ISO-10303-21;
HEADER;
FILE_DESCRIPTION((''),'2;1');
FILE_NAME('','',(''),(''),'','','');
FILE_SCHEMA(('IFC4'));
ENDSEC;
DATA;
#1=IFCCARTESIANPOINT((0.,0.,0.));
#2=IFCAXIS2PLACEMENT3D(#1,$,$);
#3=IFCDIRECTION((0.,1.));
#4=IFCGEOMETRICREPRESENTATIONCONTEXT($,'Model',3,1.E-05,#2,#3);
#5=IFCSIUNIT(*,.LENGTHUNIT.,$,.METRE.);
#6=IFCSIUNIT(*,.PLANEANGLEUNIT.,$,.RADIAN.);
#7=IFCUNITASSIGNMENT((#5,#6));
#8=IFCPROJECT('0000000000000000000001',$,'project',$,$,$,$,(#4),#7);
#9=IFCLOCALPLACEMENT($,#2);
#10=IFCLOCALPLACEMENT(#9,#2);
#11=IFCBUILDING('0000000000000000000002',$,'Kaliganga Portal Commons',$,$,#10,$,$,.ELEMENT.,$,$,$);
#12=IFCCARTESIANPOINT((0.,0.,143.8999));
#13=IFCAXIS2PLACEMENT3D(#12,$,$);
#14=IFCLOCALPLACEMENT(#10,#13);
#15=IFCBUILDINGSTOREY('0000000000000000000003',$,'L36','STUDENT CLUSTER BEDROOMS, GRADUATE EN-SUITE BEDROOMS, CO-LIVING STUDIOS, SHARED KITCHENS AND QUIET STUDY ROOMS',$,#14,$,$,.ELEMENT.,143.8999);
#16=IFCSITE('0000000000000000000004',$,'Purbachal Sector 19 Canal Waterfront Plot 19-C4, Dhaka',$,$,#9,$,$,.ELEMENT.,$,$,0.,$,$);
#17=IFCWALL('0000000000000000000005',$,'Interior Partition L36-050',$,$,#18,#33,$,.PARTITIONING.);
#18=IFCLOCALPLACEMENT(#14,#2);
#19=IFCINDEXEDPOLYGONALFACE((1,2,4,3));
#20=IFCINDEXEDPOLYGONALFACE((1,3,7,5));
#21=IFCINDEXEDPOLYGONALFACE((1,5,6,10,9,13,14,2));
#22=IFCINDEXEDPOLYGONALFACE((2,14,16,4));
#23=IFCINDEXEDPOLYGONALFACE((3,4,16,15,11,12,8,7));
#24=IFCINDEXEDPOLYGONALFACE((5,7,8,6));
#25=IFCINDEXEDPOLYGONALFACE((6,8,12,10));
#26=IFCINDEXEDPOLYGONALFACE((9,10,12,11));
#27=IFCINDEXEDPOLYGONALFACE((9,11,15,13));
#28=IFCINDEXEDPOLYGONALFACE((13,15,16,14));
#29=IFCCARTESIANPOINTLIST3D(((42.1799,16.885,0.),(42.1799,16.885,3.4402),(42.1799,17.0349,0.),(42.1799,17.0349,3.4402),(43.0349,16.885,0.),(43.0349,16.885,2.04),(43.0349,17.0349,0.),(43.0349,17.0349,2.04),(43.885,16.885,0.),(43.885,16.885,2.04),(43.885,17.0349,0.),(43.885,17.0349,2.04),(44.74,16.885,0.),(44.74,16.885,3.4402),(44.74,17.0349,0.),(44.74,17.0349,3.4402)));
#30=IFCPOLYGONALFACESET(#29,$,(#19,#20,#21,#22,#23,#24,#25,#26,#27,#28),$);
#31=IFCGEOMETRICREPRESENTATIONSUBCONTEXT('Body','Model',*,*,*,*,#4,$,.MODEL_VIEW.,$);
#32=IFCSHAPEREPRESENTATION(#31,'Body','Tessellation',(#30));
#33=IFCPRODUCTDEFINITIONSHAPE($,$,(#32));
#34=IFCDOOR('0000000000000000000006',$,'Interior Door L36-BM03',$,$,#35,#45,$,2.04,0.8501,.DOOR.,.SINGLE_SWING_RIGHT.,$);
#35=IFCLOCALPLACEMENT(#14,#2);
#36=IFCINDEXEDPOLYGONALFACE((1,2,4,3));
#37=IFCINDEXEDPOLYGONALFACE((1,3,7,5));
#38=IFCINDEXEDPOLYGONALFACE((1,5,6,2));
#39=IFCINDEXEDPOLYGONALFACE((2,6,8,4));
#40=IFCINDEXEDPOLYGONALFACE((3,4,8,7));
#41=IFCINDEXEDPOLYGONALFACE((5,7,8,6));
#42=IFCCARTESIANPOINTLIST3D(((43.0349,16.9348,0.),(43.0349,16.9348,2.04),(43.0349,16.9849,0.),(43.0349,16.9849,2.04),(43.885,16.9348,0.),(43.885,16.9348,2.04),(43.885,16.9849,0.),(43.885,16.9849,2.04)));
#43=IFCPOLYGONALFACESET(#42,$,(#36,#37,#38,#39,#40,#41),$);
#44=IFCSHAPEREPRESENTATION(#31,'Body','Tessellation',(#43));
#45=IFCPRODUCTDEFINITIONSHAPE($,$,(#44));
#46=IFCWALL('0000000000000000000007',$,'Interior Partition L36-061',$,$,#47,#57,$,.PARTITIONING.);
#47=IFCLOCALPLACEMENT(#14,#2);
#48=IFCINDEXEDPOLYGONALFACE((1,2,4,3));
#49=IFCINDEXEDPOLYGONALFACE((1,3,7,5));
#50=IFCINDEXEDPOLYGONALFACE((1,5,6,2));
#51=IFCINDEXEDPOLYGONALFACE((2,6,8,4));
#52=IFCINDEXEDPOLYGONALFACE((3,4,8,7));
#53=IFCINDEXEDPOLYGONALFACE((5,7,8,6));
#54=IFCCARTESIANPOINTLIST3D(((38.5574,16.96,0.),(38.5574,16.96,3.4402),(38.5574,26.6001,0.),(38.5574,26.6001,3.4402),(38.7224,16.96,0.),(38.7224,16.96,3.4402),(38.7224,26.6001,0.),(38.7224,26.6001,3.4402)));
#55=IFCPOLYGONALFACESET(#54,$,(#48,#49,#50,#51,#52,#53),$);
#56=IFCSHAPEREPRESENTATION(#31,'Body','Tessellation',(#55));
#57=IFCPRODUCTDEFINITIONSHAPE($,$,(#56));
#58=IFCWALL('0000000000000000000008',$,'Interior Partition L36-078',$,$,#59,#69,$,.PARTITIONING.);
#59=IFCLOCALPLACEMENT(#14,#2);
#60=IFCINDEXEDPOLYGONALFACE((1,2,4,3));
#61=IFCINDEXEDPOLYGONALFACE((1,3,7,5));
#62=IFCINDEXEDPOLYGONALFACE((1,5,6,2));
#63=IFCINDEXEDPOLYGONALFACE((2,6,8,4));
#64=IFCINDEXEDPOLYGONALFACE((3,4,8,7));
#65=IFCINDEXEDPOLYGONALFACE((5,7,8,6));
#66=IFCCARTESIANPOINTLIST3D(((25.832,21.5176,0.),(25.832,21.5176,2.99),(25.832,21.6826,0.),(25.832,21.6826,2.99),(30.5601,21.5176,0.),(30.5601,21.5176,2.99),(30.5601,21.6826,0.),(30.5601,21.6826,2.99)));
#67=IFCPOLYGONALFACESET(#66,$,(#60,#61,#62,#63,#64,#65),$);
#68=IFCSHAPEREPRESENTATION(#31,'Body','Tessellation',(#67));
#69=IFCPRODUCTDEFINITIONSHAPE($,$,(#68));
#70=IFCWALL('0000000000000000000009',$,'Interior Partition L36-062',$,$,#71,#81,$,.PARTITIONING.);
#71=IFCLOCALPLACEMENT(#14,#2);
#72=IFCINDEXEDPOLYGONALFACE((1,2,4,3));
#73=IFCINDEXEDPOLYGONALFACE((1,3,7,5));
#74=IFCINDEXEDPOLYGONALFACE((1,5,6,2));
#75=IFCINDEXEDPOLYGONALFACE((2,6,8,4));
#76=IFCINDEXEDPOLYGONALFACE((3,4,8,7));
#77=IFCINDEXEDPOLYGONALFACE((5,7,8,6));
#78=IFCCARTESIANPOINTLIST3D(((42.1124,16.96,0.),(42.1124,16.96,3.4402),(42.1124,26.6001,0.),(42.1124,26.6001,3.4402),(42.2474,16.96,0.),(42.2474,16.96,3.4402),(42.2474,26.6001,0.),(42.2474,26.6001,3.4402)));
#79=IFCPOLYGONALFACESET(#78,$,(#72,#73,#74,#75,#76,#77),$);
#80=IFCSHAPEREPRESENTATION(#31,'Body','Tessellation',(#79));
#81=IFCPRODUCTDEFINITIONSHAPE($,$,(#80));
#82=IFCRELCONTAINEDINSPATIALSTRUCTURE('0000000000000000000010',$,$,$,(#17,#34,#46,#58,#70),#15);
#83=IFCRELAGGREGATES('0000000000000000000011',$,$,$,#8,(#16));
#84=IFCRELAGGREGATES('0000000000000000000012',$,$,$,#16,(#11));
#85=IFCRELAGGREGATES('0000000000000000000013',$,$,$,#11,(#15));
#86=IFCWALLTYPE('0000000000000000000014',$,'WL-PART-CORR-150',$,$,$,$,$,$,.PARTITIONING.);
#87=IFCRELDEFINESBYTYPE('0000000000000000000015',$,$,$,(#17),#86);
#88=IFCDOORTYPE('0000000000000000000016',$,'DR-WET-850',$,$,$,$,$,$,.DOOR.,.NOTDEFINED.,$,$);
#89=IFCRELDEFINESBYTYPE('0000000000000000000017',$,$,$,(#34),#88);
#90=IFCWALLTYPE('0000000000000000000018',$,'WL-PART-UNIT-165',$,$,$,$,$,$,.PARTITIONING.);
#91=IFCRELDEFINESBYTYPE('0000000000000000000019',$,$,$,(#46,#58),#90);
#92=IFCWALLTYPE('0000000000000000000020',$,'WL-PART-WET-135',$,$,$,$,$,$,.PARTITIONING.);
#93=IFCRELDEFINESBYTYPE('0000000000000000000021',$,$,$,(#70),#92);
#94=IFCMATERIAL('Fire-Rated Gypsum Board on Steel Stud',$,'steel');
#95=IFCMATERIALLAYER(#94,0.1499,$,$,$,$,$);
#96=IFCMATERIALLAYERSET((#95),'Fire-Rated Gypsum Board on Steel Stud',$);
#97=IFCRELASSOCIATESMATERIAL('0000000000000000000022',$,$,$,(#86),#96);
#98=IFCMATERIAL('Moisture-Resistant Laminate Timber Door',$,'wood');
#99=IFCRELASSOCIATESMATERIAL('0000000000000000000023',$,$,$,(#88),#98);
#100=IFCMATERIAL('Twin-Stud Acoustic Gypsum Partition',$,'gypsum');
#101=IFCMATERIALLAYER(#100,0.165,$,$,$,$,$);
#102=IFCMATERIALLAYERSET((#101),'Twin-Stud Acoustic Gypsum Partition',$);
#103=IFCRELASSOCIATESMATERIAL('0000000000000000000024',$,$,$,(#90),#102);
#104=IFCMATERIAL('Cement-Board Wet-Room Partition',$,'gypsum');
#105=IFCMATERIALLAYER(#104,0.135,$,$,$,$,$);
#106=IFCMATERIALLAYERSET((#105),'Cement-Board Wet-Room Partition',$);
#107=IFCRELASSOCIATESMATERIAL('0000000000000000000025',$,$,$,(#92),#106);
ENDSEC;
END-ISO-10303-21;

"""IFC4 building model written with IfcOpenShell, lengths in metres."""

from ifc_helpers import new_model, si_unit, direction, frame, frame_2d, origin, place, context, subcontext, project, spatial, rectangle, extrude, material, layer, layer_set, type_object, element, fill, save


model = new_model("IFC4")

# Units and contexts
model_context = context("Model", 3, precision=1e-05, world=origin(), true_north=direction((0.0, 1.0)))
body_context = subcontext(model_context, "Body", "Model", "MODEL_VIEW")
ifc_project = project(units=[si_unit("LENGTHUNIT", "METRE"), si_unit("PLANEANGLEUNIT", "RADIAN")], contexts=[model_context])

# Site, building, storey
site_placement = place(None, origin())
site = spatial("IfcSite", under=ifc_project, at=site_placement, Name="Purbachal Sector 19 Canal Waterfront Plot 19-C4, Dhaka", CompositionType="ELEMENT", RefElevation=0.0)
building_placement = place(site_placement, origin())
building = spatial("IfcBuilding", under=site, at=building_placement, Name="Kaliganga Portal Commons", CompositionType="ELEMENT")
storey_placement = place(building_placement, frame((0.0, 0.0, 143.8999)))
storey = spatial("IfcBuildingStorey", under=building, at=storey_placement, Name="L36", Description="STUDENT CLUSTER BEDROOMS, GRADUATE EN-SUITE BEDROOMS, CO-LIVING STUDIOS, SHARED KITCHENS AND QUIET STUDY ROOMS", CompositionType="ELEMENT", Elevation=143.8999)

# Shared definitions
ifc_material_1 = material(Name="Fire-Rated Gypsum Board on Steel Stud", Category="steel")
ifc_layer_1 = layer(ifc_material_1, 0.1499)
ifc_layer_set_1 = layer_set([ifc_layer_1], Name="Fire-Rated Gypsum Board on Steel Stud")
wall_type_1 = type_object("IfcWallType", Name="WL-PART-CORR-150", PredefinedType="PARTITIONING", material=ifc_layer_set_1)

# Wall, opening, door
wall_1_placement = place(storey_placement, frame((42.1799, 16.96, 0.0), z_axis=(0.0, 0.0, 1.0), x_axis=(1.0, 0.0, 0.0)))
wall_1 = element("IfcWall", 1, at=wall_1_placement, inside=storey, type_object=wall_type_1, Name="Interior Partition L36-050", PredefinedType="PARTITIONING", context=body_context, shape_type="SweptSolid", body=[
    extrude(rectangle(XDim=2.5601, YDim=0.1499, at=frame_2d((1.28, 0.0))), origin(), (0.0, 0.0, 1.0), 3.4402),
])
opening_1_placement = place(wall_1_placement, frame((0.855, 0.0, 0.0)))
opening_1 = element("IfcOpeningElement", 2, at=opening_1_placement, cuts=wall_1, PredefinedType="OPENING", context=body_context, shape_type="SweptSolid", body=[
    extrude(rectangle(XDim=0.8501, YDim=2.04, at=frame_2d((0.425, 1.02))), frame((0.0, 0.085, 0.0), z_axis=(0.0, -1.0, 0.0), x_axis=(1.0, 0.0, 0.0)), (0.0, 0.0, 1.0), 0.1699),
])
ifc_material_2 = material(Name="Moisture-Resistant Laminate Timber Door", Category="wood")
door_type_1 = type_object("IfcDoorType", Name="DR-WET-850", OperationType="NOTDEFINED", PredefinedType="DOOR", material=ifc_material_2)
door_1_placement = place(opening_1_placement, origin())
door_1 = element("IfcDoor", 3, at=door_1_placement, inside=storey, type_object=door_type_1, Name="Interior Door L36-BM03", OperationType="SINGLE_SWING_RIGHT", OverallHeight=2.04, OverallWidth=0.8501, PredefinedType="DOOR", context=body_context, shape_type="SweptSolid", body=[
    extrude(rectangle(XDim=0.8501, YDim=2.04, at=frame_2d((0.425, 1.02))), frame((0.0, 0.0249, 0.0), z_axis=(0.0, -1.0, 0.0), x_axis=(1.0, 0.0, 0.0)), (0.0, 0.0, 1.0), 0.05),
])
fill(opening_1, door_1)

# Walls
ifc_material_3 = material(Name="Twin-Stud Acoustic Gypsum Partition", Category="gypsum")
ifc_layer_2 = layer(ifc_material_3, 0.165)
ifc_layer_set_2 = layer_set([ifc_layer_2], Name="Twin-Stud Acoustic Gypsum Partition")
wall_type_2 = type_object("IfcWallType", Name="WL-PART-UNIT-165", PredefinedType="PARTITIONING", material=ifc_layer_set_2)
wall_2_placement = place(storey_placement, frame((38.6399, 16.96, 0.0), z_axis=(0.0, 0.0, 1.0), x_axis=(0.0, 1.0, 0.0)))
element("IfcWall", 4, at=wall_2_placement, inside=storey, type_object=wall_type_2, Name="Interior Partition L36-061", PredefinedType="PARTITIONING", context=body_context, shape_type="SweptSolid", body=[
    extrude(rectangle(XDim=9.6401, YDim=0.165, at=frame_2d((4.8201, 0.0))), origin(), (0.0, 0.0, 1.0), 3.4402),
])
wall_3_placement = place(storey_placement, frame((25.832, 21.6001, 0.0), z_axis=(0.0, 0.0, 1.0), x_axis=(1.0, 0.0, 0.0)))
element("IfcWall", 5, at=wall_3_placement, inside=storey, type_object=wall_type_2, Name="Interior Partition L36-078", PredefinedType="PARTITIONING", context=body_context, shape_type="SweptSolid", body=[
    extrude(rectangle(XDim=4.728, YDim=0.165, at=frame_2d((2.364, 0.0))), origin(), (0.0, 0.0, 1.0), 2.99),
])
ifc_material_4 = material(Name="Cement-Board Wet-Room Partition", Category="gypsum")
ifc_layer_3 = layer(ifc_material_4, 0.135)
ifc_layer_set_3 = layer_set([ifc_layer_3], Name="Cement-Board Wet-Room Partition")
wall_type_3 = type_object("IfcWallType", Name="WL-PART-WET-135", PredefinedType="PARTITIONING", material=ifc_layer_set_3)
wall_4_placement = place(storey_placement, frame((42.1799, 16.96, 0.0), z_axis=(0.0, 0.0, 1.0), x_axis=(0.0, 1.0, 0.0)))
element("IfcWall", 6, at=wall_4_placement, inside=storey, type_object=wall_type_3, Name="Interior Partition L36-062", PredefinedType="PARTITIONING", context=body_context, shape_type="SweptSolid", body=[
    extrude(rectangle(XDim=9.6401, YDim=0.135, at=frame_2d((4.8201, 0.0))), origin(), (0.0, 0.0, 1.0), 3.4402),
])

save(model, "model.ifc")
